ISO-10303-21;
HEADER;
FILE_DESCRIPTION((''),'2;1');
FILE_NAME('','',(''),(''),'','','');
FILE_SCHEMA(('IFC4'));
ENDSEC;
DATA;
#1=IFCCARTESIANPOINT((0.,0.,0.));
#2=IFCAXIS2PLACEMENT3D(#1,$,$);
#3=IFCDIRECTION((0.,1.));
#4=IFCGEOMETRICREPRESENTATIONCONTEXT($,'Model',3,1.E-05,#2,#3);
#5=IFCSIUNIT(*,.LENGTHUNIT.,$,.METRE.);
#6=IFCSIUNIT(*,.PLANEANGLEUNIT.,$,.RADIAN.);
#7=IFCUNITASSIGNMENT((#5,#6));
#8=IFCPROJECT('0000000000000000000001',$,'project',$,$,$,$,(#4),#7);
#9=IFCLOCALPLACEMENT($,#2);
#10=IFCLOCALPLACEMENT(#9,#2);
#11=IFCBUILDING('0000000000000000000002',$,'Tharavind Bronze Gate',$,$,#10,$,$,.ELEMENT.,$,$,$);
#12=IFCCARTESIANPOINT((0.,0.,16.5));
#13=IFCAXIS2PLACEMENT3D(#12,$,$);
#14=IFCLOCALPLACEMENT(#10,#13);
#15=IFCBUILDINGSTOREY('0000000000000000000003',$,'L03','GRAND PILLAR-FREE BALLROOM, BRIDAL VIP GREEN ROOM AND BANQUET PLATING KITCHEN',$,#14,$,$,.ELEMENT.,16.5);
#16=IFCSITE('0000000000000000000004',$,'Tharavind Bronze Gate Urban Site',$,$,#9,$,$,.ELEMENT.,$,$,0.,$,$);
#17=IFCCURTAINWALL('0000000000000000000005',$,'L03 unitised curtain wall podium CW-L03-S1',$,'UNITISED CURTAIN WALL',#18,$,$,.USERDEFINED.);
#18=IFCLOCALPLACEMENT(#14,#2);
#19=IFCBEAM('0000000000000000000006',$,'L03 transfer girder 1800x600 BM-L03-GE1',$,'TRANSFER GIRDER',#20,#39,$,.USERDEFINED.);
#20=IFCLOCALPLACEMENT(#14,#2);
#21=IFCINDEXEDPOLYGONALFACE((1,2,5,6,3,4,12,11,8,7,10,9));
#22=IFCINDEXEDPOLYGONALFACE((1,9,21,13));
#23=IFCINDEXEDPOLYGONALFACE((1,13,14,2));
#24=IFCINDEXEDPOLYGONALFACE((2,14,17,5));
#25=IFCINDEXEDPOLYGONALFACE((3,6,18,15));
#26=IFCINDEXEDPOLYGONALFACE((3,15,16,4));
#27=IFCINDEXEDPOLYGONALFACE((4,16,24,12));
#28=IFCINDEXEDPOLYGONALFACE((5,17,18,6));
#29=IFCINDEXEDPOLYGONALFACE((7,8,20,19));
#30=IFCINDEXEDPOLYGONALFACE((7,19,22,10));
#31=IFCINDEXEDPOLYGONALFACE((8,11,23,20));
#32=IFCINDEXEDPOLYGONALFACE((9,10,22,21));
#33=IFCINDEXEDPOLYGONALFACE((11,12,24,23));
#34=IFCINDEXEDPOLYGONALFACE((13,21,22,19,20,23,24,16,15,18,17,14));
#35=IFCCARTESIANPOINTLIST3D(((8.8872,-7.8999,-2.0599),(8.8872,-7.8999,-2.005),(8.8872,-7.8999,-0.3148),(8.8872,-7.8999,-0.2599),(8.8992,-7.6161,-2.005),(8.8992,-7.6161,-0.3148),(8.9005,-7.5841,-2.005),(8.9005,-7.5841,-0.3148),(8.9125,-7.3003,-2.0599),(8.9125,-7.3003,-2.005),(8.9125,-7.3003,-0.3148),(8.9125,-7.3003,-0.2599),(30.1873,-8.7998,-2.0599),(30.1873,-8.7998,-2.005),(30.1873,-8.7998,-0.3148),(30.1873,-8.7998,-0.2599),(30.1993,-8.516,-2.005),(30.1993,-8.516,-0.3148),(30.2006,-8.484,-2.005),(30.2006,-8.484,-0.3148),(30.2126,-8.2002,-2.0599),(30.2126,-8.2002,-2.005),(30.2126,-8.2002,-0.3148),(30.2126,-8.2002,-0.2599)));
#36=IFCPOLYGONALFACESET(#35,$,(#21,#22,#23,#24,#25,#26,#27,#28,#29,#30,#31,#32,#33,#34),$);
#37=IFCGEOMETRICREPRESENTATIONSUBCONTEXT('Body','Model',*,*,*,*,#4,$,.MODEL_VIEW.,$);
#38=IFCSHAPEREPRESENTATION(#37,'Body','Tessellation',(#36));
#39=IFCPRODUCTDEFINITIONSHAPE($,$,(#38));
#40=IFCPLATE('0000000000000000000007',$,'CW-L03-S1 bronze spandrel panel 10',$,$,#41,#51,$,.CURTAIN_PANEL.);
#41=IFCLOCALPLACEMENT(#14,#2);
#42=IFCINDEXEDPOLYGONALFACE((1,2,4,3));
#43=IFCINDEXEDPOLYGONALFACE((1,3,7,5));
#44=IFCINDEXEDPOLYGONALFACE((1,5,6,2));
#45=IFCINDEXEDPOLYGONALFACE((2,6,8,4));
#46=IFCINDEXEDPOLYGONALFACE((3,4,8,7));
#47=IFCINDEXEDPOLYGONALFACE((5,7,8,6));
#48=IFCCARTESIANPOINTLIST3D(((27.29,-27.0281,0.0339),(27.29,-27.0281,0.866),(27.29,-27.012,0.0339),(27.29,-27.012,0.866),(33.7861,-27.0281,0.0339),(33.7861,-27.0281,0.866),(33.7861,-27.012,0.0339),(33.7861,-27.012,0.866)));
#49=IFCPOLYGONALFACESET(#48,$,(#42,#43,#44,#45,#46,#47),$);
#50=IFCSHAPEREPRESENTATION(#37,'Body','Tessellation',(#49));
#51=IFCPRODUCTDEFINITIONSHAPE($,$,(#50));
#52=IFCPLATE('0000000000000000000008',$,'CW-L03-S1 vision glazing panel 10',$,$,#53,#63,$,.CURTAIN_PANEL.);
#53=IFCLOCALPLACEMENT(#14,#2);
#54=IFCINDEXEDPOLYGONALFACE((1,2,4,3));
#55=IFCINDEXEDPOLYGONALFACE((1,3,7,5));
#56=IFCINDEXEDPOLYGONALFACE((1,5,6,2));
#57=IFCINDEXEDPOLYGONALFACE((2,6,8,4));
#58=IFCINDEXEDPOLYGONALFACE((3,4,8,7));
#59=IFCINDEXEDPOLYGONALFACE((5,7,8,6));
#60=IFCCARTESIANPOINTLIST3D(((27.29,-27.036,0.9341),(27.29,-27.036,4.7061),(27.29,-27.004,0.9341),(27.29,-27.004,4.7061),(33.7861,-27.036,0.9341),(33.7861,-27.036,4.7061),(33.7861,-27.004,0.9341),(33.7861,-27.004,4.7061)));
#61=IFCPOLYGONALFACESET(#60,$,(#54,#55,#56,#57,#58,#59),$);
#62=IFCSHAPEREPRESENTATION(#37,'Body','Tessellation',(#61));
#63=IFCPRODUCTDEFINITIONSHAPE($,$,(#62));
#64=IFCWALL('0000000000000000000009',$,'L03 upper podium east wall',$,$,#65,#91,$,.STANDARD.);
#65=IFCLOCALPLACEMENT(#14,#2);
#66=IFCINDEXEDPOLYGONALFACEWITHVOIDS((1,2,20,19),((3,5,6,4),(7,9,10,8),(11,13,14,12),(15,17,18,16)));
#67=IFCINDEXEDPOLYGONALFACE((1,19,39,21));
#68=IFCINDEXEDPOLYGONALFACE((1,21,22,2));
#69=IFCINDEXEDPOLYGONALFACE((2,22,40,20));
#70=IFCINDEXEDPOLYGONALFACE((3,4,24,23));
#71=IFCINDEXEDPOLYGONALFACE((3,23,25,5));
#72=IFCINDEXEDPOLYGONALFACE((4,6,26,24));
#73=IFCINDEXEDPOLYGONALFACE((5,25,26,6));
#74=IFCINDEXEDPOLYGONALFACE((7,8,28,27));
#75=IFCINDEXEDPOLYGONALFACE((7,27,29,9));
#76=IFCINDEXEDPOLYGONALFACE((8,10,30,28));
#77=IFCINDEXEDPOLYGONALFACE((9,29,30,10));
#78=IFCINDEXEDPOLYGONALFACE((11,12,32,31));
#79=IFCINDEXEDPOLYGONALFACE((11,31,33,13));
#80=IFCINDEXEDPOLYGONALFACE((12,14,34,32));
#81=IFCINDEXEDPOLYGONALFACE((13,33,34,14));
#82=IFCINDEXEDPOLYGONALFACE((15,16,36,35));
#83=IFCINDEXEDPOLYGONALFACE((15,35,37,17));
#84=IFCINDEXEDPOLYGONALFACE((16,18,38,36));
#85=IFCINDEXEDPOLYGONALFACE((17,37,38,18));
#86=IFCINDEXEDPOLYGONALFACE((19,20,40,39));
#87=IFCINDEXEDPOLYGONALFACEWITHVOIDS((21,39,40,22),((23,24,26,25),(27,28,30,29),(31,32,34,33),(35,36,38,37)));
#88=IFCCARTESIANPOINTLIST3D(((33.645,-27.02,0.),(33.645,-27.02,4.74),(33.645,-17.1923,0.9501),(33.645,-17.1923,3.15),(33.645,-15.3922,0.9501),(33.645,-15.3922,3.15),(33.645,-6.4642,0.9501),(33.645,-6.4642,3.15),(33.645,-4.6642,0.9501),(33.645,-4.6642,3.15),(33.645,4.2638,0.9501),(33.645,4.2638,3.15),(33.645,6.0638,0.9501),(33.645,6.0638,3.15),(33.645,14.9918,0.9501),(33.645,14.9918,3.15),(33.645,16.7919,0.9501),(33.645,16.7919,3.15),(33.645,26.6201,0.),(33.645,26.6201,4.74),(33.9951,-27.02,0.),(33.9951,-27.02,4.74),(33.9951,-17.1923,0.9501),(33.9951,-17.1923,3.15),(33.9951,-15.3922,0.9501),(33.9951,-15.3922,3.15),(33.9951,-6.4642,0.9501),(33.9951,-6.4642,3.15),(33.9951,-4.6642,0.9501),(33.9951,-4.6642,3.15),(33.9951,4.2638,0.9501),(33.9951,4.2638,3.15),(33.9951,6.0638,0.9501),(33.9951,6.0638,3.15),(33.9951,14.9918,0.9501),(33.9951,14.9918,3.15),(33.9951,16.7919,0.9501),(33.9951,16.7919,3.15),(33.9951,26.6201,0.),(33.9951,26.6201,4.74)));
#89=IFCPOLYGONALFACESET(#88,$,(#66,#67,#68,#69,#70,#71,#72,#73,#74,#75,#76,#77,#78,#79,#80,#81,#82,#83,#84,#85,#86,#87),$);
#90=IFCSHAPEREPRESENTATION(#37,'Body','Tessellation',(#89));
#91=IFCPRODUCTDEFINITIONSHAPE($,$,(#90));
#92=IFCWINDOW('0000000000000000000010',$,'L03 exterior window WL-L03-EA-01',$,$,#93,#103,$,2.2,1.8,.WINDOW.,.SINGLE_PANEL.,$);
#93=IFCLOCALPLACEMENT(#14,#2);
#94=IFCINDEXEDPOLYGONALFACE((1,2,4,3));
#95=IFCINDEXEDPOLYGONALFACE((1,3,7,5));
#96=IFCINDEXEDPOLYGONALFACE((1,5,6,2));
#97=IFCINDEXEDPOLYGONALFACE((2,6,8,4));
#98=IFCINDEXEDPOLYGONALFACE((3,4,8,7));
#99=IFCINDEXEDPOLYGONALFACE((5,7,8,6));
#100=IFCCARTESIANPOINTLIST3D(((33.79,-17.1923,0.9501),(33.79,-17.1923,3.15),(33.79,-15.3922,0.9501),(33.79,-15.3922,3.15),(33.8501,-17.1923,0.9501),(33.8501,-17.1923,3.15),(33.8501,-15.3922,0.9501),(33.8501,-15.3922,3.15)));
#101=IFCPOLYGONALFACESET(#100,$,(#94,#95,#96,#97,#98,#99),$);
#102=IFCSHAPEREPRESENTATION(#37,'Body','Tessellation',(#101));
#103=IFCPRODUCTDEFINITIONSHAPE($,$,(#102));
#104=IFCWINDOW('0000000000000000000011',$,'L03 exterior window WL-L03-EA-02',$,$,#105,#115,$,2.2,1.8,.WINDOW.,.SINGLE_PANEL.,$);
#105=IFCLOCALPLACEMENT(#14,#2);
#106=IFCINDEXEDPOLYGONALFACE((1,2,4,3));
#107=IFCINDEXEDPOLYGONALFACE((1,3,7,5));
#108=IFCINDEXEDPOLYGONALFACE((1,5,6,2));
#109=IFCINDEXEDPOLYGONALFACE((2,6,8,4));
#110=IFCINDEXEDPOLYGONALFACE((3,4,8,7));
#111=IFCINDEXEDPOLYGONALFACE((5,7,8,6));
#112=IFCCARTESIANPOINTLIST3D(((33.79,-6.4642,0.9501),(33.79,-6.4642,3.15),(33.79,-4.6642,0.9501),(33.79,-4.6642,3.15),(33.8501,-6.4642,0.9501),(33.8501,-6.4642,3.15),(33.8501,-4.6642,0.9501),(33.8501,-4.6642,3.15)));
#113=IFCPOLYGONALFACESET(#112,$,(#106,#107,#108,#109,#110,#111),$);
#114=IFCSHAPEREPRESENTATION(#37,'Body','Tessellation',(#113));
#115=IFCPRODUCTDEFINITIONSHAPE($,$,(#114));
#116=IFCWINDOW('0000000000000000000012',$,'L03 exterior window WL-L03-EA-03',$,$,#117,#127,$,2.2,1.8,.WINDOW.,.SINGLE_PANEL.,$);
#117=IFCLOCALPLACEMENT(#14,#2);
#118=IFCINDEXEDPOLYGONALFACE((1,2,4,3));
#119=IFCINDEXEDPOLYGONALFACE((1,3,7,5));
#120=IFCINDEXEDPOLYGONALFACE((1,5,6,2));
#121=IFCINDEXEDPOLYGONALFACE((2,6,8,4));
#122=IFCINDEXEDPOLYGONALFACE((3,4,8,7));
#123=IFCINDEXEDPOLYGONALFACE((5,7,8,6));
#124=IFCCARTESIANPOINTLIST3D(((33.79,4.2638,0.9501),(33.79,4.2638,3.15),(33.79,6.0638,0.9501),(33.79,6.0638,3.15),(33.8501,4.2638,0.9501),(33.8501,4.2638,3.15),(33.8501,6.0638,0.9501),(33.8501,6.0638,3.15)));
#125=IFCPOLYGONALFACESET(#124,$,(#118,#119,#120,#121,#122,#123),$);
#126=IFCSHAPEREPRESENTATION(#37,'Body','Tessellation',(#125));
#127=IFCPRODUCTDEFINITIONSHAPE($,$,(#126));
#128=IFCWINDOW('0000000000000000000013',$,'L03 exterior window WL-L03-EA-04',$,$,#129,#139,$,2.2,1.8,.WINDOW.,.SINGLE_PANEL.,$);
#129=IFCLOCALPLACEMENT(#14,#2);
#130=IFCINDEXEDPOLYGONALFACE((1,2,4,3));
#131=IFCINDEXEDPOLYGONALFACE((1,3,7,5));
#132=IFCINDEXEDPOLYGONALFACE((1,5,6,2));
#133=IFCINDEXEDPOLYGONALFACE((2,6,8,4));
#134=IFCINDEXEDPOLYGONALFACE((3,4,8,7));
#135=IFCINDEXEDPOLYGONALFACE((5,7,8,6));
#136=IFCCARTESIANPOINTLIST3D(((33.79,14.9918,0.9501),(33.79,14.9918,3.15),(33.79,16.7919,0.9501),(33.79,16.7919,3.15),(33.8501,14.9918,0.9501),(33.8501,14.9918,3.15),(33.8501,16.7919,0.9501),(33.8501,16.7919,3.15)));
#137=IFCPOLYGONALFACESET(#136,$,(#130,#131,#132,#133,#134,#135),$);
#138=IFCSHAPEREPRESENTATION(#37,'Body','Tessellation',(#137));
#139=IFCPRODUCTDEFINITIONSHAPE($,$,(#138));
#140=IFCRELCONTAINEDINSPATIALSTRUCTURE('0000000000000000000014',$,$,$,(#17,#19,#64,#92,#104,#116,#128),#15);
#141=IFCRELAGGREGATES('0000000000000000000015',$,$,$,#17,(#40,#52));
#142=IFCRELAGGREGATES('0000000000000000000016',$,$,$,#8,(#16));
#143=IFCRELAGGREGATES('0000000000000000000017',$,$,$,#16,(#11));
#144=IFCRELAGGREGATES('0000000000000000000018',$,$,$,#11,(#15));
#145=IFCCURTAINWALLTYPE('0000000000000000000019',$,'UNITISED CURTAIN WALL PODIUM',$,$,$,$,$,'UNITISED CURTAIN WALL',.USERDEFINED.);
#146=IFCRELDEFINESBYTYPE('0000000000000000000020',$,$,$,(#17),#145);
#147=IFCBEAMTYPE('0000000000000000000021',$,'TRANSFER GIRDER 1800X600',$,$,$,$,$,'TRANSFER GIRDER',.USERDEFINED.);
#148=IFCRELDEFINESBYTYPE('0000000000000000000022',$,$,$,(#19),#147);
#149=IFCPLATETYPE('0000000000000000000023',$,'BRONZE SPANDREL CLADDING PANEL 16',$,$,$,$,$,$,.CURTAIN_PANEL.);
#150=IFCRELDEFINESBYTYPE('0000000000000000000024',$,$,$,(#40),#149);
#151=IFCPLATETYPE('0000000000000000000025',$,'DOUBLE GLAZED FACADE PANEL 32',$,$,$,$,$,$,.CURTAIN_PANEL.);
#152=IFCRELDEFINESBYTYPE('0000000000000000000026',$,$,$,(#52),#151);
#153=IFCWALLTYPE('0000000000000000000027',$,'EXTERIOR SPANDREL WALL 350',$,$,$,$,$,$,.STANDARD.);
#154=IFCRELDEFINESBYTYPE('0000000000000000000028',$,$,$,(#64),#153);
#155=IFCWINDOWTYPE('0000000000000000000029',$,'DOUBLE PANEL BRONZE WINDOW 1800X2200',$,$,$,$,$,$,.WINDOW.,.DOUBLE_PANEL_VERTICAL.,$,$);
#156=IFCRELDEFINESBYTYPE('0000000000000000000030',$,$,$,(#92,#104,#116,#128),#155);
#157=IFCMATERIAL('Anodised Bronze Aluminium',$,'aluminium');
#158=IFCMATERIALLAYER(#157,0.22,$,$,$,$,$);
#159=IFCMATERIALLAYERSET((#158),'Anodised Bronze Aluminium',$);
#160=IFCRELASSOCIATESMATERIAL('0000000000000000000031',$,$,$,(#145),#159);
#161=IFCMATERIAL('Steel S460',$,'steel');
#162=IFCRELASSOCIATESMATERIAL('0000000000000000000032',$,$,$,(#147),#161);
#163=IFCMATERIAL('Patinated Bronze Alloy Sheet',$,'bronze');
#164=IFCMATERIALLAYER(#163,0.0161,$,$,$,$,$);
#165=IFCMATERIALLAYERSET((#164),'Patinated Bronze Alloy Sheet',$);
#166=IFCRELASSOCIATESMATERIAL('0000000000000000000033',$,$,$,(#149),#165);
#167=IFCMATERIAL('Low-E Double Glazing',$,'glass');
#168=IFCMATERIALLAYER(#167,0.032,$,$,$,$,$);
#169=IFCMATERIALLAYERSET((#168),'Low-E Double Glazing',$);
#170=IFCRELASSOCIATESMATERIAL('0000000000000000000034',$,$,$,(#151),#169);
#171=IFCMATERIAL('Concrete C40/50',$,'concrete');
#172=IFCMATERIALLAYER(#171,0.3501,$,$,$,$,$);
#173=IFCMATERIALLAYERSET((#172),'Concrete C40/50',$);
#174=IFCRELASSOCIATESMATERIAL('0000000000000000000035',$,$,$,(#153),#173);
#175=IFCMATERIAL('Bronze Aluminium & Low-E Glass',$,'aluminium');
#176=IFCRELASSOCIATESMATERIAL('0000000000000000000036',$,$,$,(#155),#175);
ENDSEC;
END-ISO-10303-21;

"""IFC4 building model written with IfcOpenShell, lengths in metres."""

from ifc_helpers import new_model, si_unit, direction, frame, frame_2d, origin, origin_2d, place, context, subcontext, project, spatial, rectangle, i_section, extrude, material, layer, layer_set, material_profile, profile_set, type_object, element, fill, aggregate, save


model = new_model("IFC4")

# Units and contexts
model_context = context("Model", 3, precision=1e-05, world=origin(), true_north=direction((0.0, 1.0)))
body_context = subcontext(model_context, "Body", "Model", "MODEL_VIEW")
ifc_project = project(units=[si_unit("LENGTHUNIT", "METRE"), si_unit("PLANEANGLEUNIT", "RADIAN")], contexts=[model_context])

# Site, building, storey
site_placement = place(None, origin())
site = spatial("IfcSite", under=ifc_project, at=site_placement, Name="Tharavind Bronze Gate Urban Site", CompositionType="ELEMENT", RefElevation=0.0)
building_placement = place(site_placement, origin())
building = spatial("IfcBuilding", under=site, at=building_placement, Name="Tharavind Bronze Gate", CompositionType="ELEMENT")
storey_placement = place(building_placement, frame((0.0, 0.0, 16.5)))
storey = spatial("IfcBuildingStorey", under=building, at=storey_placement, Name="L03", Description="GRAND PILLAR-FREE BALLROOM, BRIDAL VIP GREEN ROOM AND BANQUET PLATING KITCHEN", CompositionType="ELEMENT", Elevation=16.5)

# Shared definitions
ifc_material_1 = material(Name="Steel S460", Category="steel")

# Curtain wall
ifc_material_2 = material(Name="Anodised Bronze Aluminium", Category="aluminium")
ifc_layer_1 = layer(ifc_material_2, 0.22)
ifc_layer_set_1 = layer_set([ifc_layer_1], Name="Anodised Bronze Aluminium")
curtain_wall_type = type_object("IfcCurtainWallType", Name="UNITISED CURTAIN WALL PODIUM", ElementType="UNITISED CURTAIN WALL", PredefinedType="USERDEFINED", material=ifc_layer_set_1)
curtain_wall_placement = place(storey_placement, origin())
curtain_wall = element("IfcCurtainWall", 1, at=curtain_wall_placement, inside=storey, type_object=curtain_wall_type, Name="L03 unitised curtain wall podium CW-L03-S1", ObjectType="UNITISED CURTAIN WALL", PredefinedType="USERDEFINED")

# Beam
ifc_material_profile_1 = material_profile(ifc_material_1, i_section(OverallWidth=0.6001, OverallDepth=1.8, WebThickness=0.032, FlangeThickness=0.0549, at=origin_2d()), Name="PG1800X600")
ifc_profile_set_1 = profile_set([ifc_material_profile_1], Name="Steel S460")
beam_type_1 = type_object("IfcBeamType", Name="TRANSFER GIRDER 1800X600", ElementType="TRANSFER GIRDER", PredefinedType="USERDEFINED", material=ifc_profile_set_1)
beam_1_placement = place(storey_placement, frame((30.2, -8.5, -1.1599), z_axis=(-0.999109, 0.042211, 0.0), x_axis=(-0.042211, -0.999109, 0.0)))
element("IfcBeam", 2, at=beam_1_placement, inside=storey, type_object=beam_type_1, Name="L03 transfer girder 1800x600 BM-L03-GE1", ObjectType="TRANSFER GIRDER", PredefinedType="USERDEFINED", context=body_context, shape_type="SweptSolid", body=[
    extrude(i_section(OverallWidth=0.6001, OverallDepth=1.8, WebThickness=0.032, FlangeThickness=0.0549, at=origin_2d()), origin(), (0.0, 0.0, 1.0), 21.3191),
])

# Plates
ifc_material_3 = material(Name="Patinated Bronze Alloy Sheet", Category="bronze")
ifc_layer_2 = layer(ifc_material_3, 0.0161)
ifc_layer_set_2 = layer_set([ifc_layer_2], Name="Patinated Bronze Alloy Sheet")
plate_type_1 = type_object("IfcPlateType", Name="BRONZE SPANDREL CLADDING PANEL 16", PredefinedType="CURTAIN_PANEL", material=ifc_layer_set_2)
plate_1_placement = place(storey_placement, frame((30.5381, -27.02, 0.0339), z_axis=(0.0, 0.0, 1.0), x_axis=(1.0, 0.0, 0.0)))
plate_1 = element("IfcPlate", 3, at=plate_1_placement, type_object=plate_type_1, Name="CW-L03-S1 bronze spandrel panel 10", PredefinedType="CURTAIN_PANEL", context=body_context, shape_type="SweptSolid", body=[
    extrude(rectangle(XDim=6.4961, YDim=0.0161, at=origin_2d()), origin(), (0.0, 0.0, 1.0), 0.832),
])
ifc_material_4 = material(Name="Low-E Double Glazing", Category="glass")
ifc_layer_3 = layer(ifc_material_4, 0.032)
ifc_layer_set_3 = layer_set([ifc_layer_3], Name="Low-E Double Glazing")
plate_type_2 = type_object("IfcPlateType", Name="DOUBLE GLAZED FACADE PANEL 32", PredefinedType="CURTAIN_PANEL", material=ifc_layer_set_3)
plate_2_placement = place(storey_placement, frame((30.5381, -27.02, 0.9341), z_axis=(0.0, 0.0, 1.0), x_axis=(1.0, 0.0, 0.0)))
plate_2 = element("IfcPlate", 4, at=plate_2_placement, type_object=plate_type_2, Name="CW-L03-S1 vision glazing panel 10", PredefinedType="CURTAIN_PANEL", context=body_context, shape_type="SweptSolid", body=[
    extrude(rectangle(XDim=6.4961, YDim=0.032, at=origin_2d()), origin(), (0.0, 0.0, 1.0), 3.772),
])
aggregate(curtain_wall, [plate_1, plate_2])

# Wall, openings, windows
ifc_material_5 = material(Name="Concrete C40/50", Category="concrete")
ifc_layer_4 = layer(ifc_material_5, 0.3501)
ifc_layer_set_4 = layer_set([ifc_layer_4], Name="Concrete C40/50")
wall_type_1 = type_object("IfcWallType", Name="EXTERIOR SPANDREL WALL 350", PredefinedType="STANDARD", material=ifc_layer_set_4)
wall_1_placement = place(storey_placement, frame((33.8201, -27.02, 0.0), z_axis=(0.0, 0.0, 1.0), x_axis=(0.0, 1.0, 0.0)))
wall_1 = element("IfcWall", 5, at=wall_1_placement, inside=storey, type_object=wall_type_1, Name="L03 upper podium east wall", PredefinedType="STANDARD", context=body_context, shape_type="SweptSolid", body=[
    extrude(rectangle(XDim=53.6401, YDim=0.3501, at=frame_2d((26.8201, 0.0))), origin(), (0.0, 0.0, 1.0), 4.74),
])
opening_1_placement = place(wall_1_placement, frame((9.8279, 0.0, 0.95)))
opening_1 = element("IfcOpeningElement", 6, at=opening_1_placement, cuts=wall_1, PredefinedType="OPENING", context=body_context, shape_type="SweptSolid", body=[
    extrude(rectangle(XDim=1.8, YDim=2.2, at=frame_2d((0.8999, 1.1001))), frame((0.0, 0.185, 0.0), z_axis=(0.0, -1.0, 0.0), x_axis=(1.0, 0.0, 0.0)), (0.0, 0.0, 1.0), 0.3701),
])
opening_2_placement = place(wall_1_placement, frame((20.5559, 0.0, 0.95)))
opening_2 = element("IfcOpeningElement", 7, at=opening_2_placement, cuts=wall_1, PredefinedType="OPENING", context=body_context, shape_type="SweptSolid", body=[
    extrude(rectangle(XDim=1.8, YDim=2.2, at=frame_2d((0.8999, 1.1001))), frame((0.0, 0.185, 0.0), z_axis=(0.0, -1.0, 0.0), x_axis=(1.0, 0.0, 0.0)), (0.0, 0.0, 1.0), 0.3701),
])
opening_3_placement = place(wall_1_placement, frame((31.2839, 0.0, 0.95)))
opening_3 = element("IfcOpeningElement", 8, at=opening_3_placement, cuts=wall_1, PredefinedType="OPENING", context=body_context, shape_type="SweptSolid", body=[
    extrude(rectangle(XDim=1.8, YDim=2.2, at=frame_2d((0.8999, 1.1001))), frame((0.0, 0.185, 0.0), z_axis=(0.0, -1.0, 0.0), x_axis=(1.0, 0.0, 0.0)), (0.0, 0.0, 1.0), 0.3701),
])
opening_4_placement = place(wall_1_placement, frame((42.012, 0.0, 0.95)))
opening_4 = element("IfcOpeningElement", 9, at=opening_4_placement, cuts=wall_1, PredefinedType="OPENING", context=body_context, shape_type="SweptSolid", body=[
    extrude(rectangle(XDim=1.8, YDim=2.2, at=frame_2d((0.8999, 1.1001))), frame((0.0, 0.185, 0.0), z_axis=(0.0, -1.0, 0.0), x_axis=(1.0, 0.0, 0.0)), (0.0, 0.0, 1.0), 0.3701),
])
ifc_material_6 = material(Name="Bronze Aluminium & Low-E Glass", Category="aluminium")
window_type = type_object("IfcWindowType", Name="DOUBLE PANEL BRONZE WINDOW 1800X2200", PartitioningType="DOUBLE_PANEL_VERTICAL", PredefinedType="WINDOW", material=ifc_material_6)
window_1_placement = place(opening_1_placement, origin())
window_1 = element("IfcWindow", 10, at=window_1_placement, inside=storey, type_object=window_type, Name="L03 exterior window WL-L03-EA-01", OverallHeight=2.2, OverallWidth=1.8, PartitioningType="SINGLE_PANEL", PredefinedType="WINDOW", context=body_context, shape_type="SweptSolid", body=[
    extrude(rectangle(XDim=1.8, YDim=2.2, at=frame_2d((0.8999, 1.1001))), frame((0.0, 0.03, 0.0), z_axis=(0.0, -1.0, 0.0), x_axis=(1.0, 0.0, 0.0)), (0.0, 0.0, 1.0), 0.0601),
])
fill(opening_1, window_1)
window_2_placement = place(opening_2_placement, origin())
window_2 = element("IfcWindow", 11, at=window_2_placement, inside=storey, type_object=window_type, Name="L03 exterior window WL-L03-EA-02", OverallHeight=2.2, OverallWidth=1.8, PartitioningType="SINGLE_PANEL", PredefinedType="WINDOW", context=body_context, shape_type="SweptSolid", body=[
    extrude(rectangle(XDim=1.8, YDim=2.2, at=frame_2d((0.8999, 1.1001))), frame((0.0, 0.03, 0.0), z_axis=(0.0, -1.0, 0.0), x_axis=(1.0, 0.0, 0.0)), (0.0, 0.0, 1.0), 0.0601),
])
fill(opening_2, window_2)
window_3_placement = place(opening_3_placement, origin())
window_3 = element("IfcWindow", 12, at=window_3_placement, inside=storey, type_object=window_type, Name="L03 exterior window WL-L03-EA-03", OverallHeight=2.2, OverallWidth=1.8, PartitioningType="SINGLE_PANEL", PredefinedType="WINDOW", context=body_context, shape_type="SweptSolid", body=[
    extrude(rectangle(XDim=1.8, YDim=2.2, at=frame_2d((0.8999, 1.1001))), frame((0.0, 0.03, 0.0), z_axis=(0.0, -1.0, 0.0), x_axis=(1.0, 0.0, 0.0)), (0.0, 0.0, 1.0), 0.0601),
])
fill(opening_3, window_3)
window_4_placement = place(opening_4_placement, origin())
window_4 = element("IfcWindow", 13, at=window_4_placement, inside=storey, type_object=window_type, Name="L03 exterior window WL-L03-EA-04", OverallHeight=2.2, OverallWidth=1.8, PartitioningType="SINGLE_PANEL", PredefinedType="WINDOW", context=body_context, shape_type="SweptSolid", body=[
    extrude(rectangle(XDim=1.8, YDim=2.2, at=frame_2d((0.8999, 1.1001))), frame((0.0, 0.03, 0.0), z_axis=(0.0, -1.0, 0.0), x_axis=(1.0, 0.0, 0.0)), (0.0, 0.0, 1.0), 0.0601),
])
fill(opening_4, window_4)

save(model, "model.ifc")
